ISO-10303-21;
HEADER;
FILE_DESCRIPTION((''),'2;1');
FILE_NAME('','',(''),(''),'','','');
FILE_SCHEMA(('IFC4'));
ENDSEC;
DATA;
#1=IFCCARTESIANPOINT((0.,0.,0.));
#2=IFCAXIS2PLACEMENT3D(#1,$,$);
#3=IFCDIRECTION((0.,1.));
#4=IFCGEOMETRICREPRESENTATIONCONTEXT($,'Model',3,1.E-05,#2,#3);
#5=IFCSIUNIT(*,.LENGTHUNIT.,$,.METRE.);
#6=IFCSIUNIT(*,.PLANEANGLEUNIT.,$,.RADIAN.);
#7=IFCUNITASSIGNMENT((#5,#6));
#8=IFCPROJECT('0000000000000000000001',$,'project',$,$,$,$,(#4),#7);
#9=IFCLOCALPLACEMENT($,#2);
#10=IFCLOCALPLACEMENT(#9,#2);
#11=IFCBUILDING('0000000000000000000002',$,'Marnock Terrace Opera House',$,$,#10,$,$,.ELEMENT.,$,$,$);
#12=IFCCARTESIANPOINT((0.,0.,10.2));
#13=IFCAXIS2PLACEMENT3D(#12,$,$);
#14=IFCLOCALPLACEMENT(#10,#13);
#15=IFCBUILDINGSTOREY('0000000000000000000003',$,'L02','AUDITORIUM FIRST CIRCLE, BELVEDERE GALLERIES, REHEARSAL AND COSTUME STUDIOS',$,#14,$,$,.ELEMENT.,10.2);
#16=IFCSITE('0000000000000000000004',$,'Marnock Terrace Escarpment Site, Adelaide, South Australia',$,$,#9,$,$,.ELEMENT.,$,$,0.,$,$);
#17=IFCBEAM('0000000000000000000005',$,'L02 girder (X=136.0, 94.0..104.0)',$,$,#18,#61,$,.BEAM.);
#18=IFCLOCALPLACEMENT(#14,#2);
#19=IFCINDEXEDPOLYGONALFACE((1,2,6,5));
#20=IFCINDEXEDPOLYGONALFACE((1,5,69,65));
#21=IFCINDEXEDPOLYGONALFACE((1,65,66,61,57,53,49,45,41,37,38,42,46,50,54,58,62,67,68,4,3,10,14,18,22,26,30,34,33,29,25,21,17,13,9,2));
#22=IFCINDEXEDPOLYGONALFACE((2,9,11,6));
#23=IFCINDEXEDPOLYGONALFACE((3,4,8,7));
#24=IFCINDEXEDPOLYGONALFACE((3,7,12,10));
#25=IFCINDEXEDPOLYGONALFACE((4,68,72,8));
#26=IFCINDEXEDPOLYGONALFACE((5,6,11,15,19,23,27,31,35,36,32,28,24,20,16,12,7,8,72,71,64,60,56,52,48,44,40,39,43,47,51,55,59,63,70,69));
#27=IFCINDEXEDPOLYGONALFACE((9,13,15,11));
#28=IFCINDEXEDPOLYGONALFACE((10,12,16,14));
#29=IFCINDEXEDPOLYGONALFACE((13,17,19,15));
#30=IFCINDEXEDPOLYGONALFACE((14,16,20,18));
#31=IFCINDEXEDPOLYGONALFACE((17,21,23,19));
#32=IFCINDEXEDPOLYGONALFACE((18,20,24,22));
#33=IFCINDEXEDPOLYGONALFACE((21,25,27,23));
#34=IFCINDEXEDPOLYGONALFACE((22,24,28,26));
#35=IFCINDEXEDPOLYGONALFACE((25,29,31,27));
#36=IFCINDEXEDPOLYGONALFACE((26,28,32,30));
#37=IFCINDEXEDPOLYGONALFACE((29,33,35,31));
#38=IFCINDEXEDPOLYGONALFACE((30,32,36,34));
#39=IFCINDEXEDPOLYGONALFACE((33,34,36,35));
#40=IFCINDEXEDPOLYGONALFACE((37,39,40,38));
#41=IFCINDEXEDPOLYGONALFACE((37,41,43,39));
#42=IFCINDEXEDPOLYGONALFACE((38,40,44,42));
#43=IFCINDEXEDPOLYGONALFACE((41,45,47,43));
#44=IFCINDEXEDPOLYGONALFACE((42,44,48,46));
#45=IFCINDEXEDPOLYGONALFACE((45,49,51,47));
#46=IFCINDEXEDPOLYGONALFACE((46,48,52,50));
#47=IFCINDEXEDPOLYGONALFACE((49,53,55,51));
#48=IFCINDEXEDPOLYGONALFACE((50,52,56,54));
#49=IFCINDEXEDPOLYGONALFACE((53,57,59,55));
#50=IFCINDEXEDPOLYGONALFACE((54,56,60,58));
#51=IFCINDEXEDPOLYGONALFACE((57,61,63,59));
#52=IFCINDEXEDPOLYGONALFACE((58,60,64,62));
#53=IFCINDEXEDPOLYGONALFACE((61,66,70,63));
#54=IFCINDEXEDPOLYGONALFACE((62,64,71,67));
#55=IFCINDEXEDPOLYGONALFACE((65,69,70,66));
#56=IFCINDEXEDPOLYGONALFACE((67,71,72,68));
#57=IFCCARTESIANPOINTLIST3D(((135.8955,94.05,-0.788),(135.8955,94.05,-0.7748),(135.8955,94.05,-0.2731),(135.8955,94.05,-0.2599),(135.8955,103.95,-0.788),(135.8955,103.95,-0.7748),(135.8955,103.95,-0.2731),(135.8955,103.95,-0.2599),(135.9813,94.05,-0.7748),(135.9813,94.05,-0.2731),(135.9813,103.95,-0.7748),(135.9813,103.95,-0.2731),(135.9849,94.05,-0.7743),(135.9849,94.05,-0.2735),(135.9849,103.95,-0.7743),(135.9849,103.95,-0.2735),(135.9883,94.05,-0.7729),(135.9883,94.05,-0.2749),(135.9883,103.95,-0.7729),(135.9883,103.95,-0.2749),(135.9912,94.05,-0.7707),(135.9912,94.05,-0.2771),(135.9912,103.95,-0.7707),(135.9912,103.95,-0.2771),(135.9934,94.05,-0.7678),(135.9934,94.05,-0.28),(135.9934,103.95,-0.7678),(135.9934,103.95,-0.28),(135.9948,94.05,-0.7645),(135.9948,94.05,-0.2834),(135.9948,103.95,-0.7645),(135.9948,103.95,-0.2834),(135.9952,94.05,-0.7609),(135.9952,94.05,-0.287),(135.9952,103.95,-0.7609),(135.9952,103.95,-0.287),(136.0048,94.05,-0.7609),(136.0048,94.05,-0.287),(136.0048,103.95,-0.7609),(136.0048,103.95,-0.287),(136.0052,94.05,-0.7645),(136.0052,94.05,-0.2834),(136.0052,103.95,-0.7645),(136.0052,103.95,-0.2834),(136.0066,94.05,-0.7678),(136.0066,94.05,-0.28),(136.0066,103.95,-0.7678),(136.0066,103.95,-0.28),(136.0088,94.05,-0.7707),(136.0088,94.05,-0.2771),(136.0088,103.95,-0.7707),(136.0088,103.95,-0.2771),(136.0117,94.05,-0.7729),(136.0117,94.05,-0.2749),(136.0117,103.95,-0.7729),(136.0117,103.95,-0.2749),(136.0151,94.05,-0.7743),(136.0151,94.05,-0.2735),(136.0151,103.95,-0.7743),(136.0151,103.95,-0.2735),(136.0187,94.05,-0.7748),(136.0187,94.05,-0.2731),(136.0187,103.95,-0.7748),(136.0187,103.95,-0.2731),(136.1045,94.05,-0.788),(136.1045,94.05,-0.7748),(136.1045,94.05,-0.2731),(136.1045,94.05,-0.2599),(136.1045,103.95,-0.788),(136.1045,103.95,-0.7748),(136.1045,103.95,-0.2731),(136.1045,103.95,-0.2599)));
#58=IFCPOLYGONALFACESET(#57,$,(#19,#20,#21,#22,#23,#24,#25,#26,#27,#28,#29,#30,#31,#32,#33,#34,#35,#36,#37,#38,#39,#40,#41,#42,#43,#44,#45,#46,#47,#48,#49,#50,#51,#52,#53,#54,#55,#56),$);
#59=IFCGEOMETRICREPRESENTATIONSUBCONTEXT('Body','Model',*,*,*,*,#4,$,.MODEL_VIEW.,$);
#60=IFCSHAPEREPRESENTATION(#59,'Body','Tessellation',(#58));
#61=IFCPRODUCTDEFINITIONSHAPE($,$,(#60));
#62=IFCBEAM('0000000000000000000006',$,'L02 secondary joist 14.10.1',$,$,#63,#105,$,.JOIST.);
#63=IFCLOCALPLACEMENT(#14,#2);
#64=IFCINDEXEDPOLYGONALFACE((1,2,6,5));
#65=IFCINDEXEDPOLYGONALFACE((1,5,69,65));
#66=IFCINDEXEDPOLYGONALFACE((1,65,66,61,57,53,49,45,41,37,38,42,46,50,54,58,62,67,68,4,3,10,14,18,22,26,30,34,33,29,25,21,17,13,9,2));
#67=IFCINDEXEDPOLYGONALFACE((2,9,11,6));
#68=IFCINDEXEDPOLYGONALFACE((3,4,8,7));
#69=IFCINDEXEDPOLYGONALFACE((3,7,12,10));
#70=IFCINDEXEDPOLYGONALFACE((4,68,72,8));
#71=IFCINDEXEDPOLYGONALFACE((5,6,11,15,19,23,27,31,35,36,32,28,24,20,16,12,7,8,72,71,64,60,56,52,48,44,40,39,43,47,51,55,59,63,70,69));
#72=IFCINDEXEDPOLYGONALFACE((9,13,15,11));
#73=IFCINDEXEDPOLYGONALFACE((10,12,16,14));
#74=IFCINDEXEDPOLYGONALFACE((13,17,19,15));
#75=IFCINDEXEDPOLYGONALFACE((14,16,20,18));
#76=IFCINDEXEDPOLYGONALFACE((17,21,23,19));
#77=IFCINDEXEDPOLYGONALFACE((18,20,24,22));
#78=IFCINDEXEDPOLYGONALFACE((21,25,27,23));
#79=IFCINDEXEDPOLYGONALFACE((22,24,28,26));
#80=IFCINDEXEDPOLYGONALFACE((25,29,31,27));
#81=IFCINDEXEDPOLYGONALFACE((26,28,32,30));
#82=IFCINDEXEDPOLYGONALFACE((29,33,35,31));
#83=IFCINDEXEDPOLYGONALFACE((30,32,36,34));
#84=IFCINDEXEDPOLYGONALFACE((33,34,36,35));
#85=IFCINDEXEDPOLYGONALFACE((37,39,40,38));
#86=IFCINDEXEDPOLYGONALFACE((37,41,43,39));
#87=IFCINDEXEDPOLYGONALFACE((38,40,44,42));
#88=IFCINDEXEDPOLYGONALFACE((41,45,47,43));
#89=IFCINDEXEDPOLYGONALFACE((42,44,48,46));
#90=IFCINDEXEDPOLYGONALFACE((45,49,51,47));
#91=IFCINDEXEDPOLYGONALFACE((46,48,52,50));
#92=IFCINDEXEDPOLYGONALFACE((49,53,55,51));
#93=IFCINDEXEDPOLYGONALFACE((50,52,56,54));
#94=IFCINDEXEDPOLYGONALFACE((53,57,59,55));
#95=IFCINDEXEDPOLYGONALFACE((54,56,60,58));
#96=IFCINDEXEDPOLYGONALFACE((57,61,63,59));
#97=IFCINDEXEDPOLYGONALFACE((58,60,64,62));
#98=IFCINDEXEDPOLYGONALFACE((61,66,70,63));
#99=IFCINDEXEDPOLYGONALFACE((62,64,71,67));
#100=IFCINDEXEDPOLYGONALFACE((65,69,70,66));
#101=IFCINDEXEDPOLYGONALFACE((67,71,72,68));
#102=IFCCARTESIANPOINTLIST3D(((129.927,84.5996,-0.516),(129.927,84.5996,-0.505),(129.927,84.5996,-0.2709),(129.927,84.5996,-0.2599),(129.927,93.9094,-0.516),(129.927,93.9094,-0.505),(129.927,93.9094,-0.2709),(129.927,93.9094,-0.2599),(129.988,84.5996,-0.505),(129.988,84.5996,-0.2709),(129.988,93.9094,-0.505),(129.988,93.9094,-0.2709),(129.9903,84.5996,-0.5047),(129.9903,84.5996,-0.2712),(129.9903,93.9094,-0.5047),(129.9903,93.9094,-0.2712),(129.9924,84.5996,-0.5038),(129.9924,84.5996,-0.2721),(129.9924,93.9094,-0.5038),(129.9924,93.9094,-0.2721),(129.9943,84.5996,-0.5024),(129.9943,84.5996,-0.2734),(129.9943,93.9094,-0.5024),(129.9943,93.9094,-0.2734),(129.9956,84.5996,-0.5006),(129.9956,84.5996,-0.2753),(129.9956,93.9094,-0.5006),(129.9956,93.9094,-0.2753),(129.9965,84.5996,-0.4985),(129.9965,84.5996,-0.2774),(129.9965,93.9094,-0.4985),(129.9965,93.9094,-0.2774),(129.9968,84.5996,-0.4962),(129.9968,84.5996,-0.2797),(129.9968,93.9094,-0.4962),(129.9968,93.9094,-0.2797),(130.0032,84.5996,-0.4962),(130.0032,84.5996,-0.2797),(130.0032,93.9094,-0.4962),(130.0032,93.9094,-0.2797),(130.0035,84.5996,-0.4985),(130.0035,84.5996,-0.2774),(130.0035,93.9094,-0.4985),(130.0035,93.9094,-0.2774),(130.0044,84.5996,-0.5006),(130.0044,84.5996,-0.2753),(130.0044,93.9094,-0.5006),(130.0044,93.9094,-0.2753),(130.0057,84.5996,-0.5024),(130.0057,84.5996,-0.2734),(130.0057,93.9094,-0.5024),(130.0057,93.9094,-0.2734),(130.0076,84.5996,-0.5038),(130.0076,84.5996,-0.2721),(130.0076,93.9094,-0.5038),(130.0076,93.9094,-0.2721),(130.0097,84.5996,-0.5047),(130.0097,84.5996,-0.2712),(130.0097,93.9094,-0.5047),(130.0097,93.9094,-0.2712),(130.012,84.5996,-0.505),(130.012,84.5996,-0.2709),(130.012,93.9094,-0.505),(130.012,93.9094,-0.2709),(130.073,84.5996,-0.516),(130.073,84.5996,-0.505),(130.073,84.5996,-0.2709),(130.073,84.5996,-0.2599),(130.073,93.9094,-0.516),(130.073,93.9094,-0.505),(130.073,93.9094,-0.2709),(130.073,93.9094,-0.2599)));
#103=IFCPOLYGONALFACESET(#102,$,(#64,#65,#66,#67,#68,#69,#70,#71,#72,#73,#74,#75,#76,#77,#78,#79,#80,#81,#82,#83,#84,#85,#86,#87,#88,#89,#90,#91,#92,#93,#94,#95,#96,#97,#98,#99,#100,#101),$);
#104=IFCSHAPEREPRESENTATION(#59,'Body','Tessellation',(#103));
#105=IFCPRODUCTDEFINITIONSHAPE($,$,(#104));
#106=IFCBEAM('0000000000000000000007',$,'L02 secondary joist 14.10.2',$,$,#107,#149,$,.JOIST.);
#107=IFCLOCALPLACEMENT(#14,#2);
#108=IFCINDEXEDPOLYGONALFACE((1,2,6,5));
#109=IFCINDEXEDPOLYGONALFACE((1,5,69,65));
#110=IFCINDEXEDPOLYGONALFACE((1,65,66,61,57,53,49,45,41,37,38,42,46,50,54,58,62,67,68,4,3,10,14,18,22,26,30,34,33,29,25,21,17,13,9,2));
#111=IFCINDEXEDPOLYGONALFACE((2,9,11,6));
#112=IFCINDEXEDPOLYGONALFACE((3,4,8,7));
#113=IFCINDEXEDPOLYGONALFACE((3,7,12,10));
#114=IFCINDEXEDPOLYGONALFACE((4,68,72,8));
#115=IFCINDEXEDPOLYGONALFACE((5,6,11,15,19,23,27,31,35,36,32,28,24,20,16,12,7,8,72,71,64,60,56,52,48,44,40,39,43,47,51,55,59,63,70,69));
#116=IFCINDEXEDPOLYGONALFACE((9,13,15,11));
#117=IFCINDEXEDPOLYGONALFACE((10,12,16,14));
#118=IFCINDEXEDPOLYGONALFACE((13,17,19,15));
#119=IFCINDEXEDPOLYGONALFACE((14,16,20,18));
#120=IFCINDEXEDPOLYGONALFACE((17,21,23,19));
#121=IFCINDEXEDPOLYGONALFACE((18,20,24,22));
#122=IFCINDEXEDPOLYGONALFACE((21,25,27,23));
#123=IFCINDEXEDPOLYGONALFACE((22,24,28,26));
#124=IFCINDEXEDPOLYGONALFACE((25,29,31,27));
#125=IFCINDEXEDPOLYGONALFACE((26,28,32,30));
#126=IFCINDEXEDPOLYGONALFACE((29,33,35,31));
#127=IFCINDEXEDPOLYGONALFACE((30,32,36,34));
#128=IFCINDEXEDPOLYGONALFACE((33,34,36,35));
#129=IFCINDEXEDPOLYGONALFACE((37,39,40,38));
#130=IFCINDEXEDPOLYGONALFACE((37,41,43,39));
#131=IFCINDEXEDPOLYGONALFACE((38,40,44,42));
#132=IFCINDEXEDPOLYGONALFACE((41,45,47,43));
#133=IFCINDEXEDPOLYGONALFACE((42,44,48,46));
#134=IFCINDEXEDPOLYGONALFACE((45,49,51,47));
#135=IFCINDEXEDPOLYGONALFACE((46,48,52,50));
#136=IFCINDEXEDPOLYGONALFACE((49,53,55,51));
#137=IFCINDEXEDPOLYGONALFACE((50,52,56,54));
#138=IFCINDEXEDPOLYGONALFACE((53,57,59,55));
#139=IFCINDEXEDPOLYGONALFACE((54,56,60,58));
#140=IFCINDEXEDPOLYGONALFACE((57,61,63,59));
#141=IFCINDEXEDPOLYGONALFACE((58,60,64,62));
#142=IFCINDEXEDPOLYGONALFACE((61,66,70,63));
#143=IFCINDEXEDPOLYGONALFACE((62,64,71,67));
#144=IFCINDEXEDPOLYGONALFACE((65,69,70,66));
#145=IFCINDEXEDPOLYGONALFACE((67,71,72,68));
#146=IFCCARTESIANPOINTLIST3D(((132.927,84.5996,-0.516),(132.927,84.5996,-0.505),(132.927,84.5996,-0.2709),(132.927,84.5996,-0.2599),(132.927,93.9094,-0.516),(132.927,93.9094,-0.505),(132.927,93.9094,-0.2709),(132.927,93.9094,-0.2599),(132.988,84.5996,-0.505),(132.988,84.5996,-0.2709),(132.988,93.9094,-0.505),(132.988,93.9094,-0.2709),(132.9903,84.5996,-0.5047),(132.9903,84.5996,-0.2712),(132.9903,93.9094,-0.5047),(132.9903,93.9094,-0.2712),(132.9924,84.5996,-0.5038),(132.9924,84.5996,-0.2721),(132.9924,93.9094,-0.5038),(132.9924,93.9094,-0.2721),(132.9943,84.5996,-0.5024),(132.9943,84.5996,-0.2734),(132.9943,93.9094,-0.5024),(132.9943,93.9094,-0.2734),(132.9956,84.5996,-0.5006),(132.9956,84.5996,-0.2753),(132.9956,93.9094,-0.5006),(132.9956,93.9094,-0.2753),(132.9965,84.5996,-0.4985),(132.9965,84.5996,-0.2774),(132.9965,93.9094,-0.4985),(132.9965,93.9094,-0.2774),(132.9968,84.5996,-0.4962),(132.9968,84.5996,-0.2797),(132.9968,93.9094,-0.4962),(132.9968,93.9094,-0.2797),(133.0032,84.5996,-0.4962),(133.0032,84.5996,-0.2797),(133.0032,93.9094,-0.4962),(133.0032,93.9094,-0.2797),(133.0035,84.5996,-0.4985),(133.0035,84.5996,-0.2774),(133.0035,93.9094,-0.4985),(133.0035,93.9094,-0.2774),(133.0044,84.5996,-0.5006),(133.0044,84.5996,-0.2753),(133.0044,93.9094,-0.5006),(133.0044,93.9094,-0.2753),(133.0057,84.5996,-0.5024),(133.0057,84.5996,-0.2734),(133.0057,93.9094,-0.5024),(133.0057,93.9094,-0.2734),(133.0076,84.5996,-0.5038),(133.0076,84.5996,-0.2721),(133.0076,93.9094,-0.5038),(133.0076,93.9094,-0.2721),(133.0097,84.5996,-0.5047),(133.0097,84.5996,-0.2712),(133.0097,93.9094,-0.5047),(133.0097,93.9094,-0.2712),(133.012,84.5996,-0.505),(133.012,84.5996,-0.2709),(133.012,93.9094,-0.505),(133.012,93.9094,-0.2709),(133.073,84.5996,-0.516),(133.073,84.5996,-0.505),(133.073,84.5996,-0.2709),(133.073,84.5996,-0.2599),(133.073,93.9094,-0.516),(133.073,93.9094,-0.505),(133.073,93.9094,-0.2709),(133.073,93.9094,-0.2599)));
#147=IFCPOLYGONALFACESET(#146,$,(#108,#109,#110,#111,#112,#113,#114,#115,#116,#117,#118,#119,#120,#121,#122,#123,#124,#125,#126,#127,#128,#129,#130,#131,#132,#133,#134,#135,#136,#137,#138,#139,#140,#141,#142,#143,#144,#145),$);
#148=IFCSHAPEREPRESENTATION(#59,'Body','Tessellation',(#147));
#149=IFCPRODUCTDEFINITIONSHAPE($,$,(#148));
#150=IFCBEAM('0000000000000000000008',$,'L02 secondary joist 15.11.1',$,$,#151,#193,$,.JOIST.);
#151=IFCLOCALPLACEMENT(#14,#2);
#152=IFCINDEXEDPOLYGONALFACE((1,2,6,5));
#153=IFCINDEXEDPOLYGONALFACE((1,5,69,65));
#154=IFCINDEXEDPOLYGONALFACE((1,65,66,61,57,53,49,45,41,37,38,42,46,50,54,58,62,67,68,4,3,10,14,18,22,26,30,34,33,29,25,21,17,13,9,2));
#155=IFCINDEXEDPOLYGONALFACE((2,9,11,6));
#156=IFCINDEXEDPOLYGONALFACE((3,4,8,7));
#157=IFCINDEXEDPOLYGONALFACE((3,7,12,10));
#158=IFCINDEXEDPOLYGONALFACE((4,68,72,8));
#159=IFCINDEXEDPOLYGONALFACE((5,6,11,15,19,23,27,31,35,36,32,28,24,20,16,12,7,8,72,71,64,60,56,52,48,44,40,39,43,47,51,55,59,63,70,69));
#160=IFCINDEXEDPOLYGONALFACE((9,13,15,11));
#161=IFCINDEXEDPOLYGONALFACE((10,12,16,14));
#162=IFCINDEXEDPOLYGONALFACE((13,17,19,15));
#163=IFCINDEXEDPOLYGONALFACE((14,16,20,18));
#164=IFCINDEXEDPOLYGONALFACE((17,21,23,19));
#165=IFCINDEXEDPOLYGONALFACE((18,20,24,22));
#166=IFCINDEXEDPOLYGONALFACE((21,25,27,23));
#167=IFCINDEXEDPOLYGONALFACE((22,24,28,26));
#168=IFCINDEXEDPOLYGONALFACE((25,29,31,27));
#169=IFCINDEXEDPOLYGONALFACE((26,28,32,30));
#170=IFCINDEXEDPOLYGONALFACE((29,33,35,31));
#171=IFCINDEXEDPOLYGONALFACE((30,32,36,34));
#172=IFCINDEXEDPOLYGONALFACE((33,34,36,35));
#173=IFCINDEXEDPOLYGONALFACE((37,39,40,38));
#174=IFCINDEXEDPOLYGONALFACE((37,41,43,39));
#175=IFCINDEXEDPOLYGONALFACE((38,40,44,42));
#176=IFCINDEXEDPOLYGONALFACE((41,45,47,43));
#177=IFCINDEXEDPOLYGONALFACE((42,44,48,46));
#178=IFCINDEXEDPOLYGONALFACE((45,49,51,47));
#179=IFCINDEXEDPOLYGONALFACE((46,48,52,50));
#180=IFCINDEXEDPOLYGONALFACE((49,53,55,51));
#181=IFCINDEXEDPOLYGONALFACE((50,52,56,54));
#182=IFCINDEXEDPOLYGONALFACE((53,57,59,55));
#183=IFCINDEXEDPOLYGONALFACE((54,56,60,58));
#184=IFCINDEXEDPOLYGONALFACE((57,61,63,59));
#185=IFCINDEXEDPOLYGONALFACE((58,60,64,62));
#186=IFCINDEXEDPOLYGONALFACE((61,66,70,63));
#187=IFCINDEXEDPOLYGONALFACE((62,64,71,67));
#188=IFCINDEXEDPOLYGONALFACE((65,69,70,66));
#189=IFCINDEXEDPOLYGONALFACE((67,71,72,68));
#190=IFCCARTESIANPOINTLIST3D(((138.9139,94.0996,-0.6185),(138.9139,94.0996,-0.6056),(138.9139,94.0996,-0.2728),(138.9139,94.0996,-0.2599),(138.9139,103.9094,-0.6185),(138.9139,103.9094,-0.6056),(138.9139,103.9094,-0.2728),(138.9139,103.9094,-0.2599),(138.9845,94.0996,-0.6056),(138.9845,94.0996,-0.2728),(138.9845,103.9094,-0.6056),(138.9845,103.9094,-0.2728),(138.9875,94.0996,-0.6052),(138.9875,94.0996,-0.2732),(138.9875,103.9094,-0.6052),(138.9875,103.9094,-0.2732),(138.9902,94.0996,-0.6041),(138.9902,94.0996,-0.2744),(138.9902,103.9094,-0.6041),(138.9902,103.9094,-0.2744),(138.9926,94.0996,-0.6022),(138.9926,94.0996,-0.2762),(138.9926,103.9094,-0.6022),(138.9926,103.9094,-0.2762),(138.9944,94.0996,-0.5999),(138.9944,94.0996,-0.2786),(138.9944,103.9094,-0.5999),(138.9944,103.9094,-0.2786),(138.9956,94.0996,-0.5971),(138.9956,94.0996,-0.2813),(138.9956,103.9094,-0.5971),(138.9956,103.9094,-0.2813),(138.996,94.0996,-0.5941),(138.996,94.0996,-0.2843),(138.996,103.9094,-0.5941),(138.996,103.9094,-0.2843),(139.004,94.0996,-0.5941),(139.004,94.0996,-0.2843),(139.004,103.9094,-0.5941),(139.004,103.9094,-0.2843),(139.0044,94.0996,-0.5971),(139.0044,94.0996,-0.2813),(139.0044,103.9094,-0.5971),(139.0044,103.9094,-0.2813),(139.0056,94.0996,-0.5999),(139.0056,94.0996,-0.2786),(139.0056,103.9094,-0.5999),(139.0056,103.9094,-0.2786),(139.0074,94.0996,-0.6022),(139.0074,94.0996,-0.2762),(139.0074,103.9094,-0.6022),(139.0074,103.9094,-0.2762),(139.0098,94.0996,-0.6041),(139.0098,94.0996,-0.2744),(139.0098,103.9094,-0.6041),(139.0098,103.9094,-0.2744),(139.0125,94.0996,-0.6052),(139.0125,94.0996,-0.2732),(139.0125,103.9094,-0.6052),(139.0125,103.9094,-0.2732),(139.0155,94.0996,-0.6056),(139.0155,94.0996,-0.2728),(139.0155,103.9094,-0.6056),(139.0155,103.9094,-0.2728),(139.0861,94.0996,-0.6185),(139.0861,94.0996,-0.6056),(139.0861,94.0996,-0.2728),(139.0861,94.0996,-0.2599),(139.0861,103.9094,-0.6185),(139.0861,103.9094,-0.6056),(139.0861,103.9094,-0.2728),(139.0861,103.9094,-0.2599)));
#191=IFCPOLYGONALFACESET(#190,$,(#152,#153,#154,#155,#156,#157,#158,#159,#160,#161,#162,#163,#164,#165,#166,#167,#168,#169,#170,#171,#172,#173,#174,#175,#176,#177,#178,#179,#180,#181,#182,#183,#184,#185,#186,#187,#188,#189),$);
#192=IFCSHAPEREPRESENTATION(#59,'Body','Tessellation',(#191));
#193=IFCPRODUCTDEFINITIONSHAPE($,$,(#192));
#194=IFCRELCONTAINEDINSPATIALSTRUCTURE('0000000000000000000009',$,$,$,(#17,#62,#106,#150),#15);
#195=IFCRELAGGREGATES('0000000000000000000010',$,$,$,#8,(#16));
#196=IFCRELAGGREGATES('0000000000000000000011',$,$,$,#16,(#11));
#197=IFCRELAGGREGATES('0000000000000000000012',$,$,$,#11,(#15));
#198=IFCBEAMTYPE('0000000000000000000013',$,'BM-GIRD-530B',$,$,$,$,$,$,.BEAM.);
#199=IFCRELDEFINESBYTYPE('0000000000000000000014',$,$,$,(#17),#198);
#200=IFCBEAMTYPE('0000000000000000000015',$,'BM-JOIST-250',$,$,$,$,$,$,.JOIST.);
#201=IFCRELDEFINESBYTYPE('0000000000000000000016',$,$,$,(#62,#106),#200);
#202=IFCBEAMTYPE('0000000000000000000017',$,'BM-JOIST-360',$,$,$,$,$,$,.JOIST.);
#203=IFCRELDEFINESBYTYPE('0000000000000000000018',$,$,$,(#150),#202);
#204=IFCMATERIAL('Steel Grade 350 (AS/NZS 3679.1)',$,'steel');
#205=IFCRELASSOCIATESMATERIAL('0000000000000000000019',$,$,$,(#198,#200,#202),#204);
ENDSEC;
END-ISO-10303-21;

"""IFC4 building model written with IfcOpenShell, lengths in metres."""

from ifc_helpers import new_model, si_unit, direction, frame, origin, origin_2d, place, context, subcontext, project, spatial, i_section, extrude, material, material_profile, profile_set, type_object, element, save


model = new_model("IFC4")

# Units and contexts
model_context = context("Model", 3, precision=1e-05, world=origin(), true_north=direction((0.0, 1.0)))
body_context = subcontext(model_context, "Body", "Model", "MODEL_VIEW")
ifc_project = project(units=[si_unit("LENGTHUNIT", "METRE"), si_unit("PLANEANGLEUNIT", "RADIAN")], contexts=[model_context])

# Site, building, storey
site_placement = place(None, origin())
site = spatial("IfcSite", under=ifc_project, at=site_placement, Name="Marnock Terrace Escarpment Site, Adelaide, South Australia", CompositionType="ELEMENT", RefElevation=0.0)
building_placement = place(site_placement, origin())
building = spatial("IfcBuilding", under=site, at=building_placement, Name="Marnock Terrace Opera House", CompositionType="ELEMENT")
storey_placement = place(building_placement, frame((0.0, 0.0, 10.2)))
storey = spatial("IfcBuildingStorey", under=building, at=storey_placement, Name="L02", Description="AUDITORIUM FIRST CIRCLE, BELVEDERE GALLERIES, REHEARSAL AND COSTUME STUDIOS", CompositionType="ELEMENT", Elevation=10.2)

# Beams
ifc_material_1 = material(Name="Steel Grade 350 (AS/NZS 3679.1)", Category="steel")
ifc_material_profile_1 = material_profile(ifc_material_1, i_section(OverallWidth=0.209, OverallDepth=0.5281, WebThickness=0.0095, FlangeThickness=0.0132, FilletRadius=0.0139, at=origin_2d()))
ifc_profile_set_1 = profile_set([ifc_material_profile_1], Name="Steel Grade 350 (AS/NZS 3679.1)")
beam_type_1 = type_object("IfcBeamType", Name="BM-GIRD-530B", PredefinedType="BEAM", material=ifc_profile_set_1)
beam_1_placement = place(storey_placement, frame((136.0, 94.05, -0.5239), z_axis=(0.0, 1.0, 0.0), x_axis=(-1.0, 0.0, 0.0)))
element("IfcBeam", 1, at=beam_1_placement, inside=storey, type_object=beam_type_1, Name="L02 girder (X=136.0, 94.0..104.0)", PredefinedType="BEAM", context=body_context, shape_type="SweptSolid", body=[
    extrude(i_section(OverallWidth=0.209, OverallDepth=0.5281, WebThickness=0.0095, FlangeThickness=0.0132, FilletRadius=0.0139, at=origin_2d()), origin(), (0.0, 0.0, 1.0), 9.8999),
])
ifc_material_profile_2 = material_profile(ifc_material_1, i_section(OverallWidth=0.146, OverallDepth=0.2561, WebThickness=0.0063, FlangeThickness=0.011, FilletRadius=0.0088, at=origin_2d()))
ifc_profile_set_2 = profile_set([ifc_material_profile_2], Name="Steel Grade 350 (AS/NZS 3679.1)")
beam_type_2 = type_object("IfcBeamType", Name="BM-JOIST-250", PredefinedType="JOIST", material=ifc_profile_set_2)
for number, where, z_axis, x_axis, name in (
    (2, (130.0, 84.5996, -0.3879), (0.0, 1.0, 0.0), (-1.0, 0.0, 0.0), "L02 secondary joist 14.10.1"),
    (3, (133.0, 84.5996, -0.3879), (0.0, 1.0, 0.0), (-1.0, 0.0, 0.0), "L02 secondary joist 14.10.2"),
):
    element("IfcBeam", number, at=place(storey_placement, frame(where, z_axis=z_axis, x_axis=x_axis)), inside=storey, type_object=beam_type_2, Name=name, PredefinedType="JOIST", context=body_context, shape_type="SweptSolid", body=[
        extrude(i_section(OverallWidth=0.146, OverallDepth=0.2561, WebThickness=0.0063, FlangeThickness=0.011, FilletRadius=0.0088, at=origin_2d()), origin(), (0.0, 0.0, 1.0), 9.3098),
    ])
ifc_material_profile_3 = material_profile(ifc_material_1, i_section(OverallWidth=0.1721, OverallDepth=0.3586, WebThickness=0.0081, FlangeThickness=0.0129, FilletRadius=0.0115, at=origin_2d()))
ifc_profile_set_3 = profile_set([ifc_material_profile_3], Name="Steel Grade 350 (AS/NZS 3679.1)")
beam_type_3 = type_object("IfcBeamType", Name="BM-JOIST-360", PredefinedType="JOIST", material=ifc_profile_set_3)
beam_2_placement = place(storey_placement, frame((139.0, 94.0996, -0.4392), z_axis=(0.0, 1.0, 0.0), x_axis=(-1.0, 0.0, 0.0)))
element("IfcBeam", 4, at=beam_2_placement, inside=storey, type_object=beam_type_3, Name="L02 secondary joist 15.11.1", PredefinedType="JOIST", context=body_context, shape_type="SweptSolid", body=[
    extrude(i_section(OverallWidth=0.1721, OverallDepth=0.3586, WebThickness=0.0081, FlangeThickness=0.0129, FilletRadius=0.0115, at=origin_2d()), origin(), (0.0, 0.0, 1.0), 9.8098),
])

save(model, "model.ifc")
